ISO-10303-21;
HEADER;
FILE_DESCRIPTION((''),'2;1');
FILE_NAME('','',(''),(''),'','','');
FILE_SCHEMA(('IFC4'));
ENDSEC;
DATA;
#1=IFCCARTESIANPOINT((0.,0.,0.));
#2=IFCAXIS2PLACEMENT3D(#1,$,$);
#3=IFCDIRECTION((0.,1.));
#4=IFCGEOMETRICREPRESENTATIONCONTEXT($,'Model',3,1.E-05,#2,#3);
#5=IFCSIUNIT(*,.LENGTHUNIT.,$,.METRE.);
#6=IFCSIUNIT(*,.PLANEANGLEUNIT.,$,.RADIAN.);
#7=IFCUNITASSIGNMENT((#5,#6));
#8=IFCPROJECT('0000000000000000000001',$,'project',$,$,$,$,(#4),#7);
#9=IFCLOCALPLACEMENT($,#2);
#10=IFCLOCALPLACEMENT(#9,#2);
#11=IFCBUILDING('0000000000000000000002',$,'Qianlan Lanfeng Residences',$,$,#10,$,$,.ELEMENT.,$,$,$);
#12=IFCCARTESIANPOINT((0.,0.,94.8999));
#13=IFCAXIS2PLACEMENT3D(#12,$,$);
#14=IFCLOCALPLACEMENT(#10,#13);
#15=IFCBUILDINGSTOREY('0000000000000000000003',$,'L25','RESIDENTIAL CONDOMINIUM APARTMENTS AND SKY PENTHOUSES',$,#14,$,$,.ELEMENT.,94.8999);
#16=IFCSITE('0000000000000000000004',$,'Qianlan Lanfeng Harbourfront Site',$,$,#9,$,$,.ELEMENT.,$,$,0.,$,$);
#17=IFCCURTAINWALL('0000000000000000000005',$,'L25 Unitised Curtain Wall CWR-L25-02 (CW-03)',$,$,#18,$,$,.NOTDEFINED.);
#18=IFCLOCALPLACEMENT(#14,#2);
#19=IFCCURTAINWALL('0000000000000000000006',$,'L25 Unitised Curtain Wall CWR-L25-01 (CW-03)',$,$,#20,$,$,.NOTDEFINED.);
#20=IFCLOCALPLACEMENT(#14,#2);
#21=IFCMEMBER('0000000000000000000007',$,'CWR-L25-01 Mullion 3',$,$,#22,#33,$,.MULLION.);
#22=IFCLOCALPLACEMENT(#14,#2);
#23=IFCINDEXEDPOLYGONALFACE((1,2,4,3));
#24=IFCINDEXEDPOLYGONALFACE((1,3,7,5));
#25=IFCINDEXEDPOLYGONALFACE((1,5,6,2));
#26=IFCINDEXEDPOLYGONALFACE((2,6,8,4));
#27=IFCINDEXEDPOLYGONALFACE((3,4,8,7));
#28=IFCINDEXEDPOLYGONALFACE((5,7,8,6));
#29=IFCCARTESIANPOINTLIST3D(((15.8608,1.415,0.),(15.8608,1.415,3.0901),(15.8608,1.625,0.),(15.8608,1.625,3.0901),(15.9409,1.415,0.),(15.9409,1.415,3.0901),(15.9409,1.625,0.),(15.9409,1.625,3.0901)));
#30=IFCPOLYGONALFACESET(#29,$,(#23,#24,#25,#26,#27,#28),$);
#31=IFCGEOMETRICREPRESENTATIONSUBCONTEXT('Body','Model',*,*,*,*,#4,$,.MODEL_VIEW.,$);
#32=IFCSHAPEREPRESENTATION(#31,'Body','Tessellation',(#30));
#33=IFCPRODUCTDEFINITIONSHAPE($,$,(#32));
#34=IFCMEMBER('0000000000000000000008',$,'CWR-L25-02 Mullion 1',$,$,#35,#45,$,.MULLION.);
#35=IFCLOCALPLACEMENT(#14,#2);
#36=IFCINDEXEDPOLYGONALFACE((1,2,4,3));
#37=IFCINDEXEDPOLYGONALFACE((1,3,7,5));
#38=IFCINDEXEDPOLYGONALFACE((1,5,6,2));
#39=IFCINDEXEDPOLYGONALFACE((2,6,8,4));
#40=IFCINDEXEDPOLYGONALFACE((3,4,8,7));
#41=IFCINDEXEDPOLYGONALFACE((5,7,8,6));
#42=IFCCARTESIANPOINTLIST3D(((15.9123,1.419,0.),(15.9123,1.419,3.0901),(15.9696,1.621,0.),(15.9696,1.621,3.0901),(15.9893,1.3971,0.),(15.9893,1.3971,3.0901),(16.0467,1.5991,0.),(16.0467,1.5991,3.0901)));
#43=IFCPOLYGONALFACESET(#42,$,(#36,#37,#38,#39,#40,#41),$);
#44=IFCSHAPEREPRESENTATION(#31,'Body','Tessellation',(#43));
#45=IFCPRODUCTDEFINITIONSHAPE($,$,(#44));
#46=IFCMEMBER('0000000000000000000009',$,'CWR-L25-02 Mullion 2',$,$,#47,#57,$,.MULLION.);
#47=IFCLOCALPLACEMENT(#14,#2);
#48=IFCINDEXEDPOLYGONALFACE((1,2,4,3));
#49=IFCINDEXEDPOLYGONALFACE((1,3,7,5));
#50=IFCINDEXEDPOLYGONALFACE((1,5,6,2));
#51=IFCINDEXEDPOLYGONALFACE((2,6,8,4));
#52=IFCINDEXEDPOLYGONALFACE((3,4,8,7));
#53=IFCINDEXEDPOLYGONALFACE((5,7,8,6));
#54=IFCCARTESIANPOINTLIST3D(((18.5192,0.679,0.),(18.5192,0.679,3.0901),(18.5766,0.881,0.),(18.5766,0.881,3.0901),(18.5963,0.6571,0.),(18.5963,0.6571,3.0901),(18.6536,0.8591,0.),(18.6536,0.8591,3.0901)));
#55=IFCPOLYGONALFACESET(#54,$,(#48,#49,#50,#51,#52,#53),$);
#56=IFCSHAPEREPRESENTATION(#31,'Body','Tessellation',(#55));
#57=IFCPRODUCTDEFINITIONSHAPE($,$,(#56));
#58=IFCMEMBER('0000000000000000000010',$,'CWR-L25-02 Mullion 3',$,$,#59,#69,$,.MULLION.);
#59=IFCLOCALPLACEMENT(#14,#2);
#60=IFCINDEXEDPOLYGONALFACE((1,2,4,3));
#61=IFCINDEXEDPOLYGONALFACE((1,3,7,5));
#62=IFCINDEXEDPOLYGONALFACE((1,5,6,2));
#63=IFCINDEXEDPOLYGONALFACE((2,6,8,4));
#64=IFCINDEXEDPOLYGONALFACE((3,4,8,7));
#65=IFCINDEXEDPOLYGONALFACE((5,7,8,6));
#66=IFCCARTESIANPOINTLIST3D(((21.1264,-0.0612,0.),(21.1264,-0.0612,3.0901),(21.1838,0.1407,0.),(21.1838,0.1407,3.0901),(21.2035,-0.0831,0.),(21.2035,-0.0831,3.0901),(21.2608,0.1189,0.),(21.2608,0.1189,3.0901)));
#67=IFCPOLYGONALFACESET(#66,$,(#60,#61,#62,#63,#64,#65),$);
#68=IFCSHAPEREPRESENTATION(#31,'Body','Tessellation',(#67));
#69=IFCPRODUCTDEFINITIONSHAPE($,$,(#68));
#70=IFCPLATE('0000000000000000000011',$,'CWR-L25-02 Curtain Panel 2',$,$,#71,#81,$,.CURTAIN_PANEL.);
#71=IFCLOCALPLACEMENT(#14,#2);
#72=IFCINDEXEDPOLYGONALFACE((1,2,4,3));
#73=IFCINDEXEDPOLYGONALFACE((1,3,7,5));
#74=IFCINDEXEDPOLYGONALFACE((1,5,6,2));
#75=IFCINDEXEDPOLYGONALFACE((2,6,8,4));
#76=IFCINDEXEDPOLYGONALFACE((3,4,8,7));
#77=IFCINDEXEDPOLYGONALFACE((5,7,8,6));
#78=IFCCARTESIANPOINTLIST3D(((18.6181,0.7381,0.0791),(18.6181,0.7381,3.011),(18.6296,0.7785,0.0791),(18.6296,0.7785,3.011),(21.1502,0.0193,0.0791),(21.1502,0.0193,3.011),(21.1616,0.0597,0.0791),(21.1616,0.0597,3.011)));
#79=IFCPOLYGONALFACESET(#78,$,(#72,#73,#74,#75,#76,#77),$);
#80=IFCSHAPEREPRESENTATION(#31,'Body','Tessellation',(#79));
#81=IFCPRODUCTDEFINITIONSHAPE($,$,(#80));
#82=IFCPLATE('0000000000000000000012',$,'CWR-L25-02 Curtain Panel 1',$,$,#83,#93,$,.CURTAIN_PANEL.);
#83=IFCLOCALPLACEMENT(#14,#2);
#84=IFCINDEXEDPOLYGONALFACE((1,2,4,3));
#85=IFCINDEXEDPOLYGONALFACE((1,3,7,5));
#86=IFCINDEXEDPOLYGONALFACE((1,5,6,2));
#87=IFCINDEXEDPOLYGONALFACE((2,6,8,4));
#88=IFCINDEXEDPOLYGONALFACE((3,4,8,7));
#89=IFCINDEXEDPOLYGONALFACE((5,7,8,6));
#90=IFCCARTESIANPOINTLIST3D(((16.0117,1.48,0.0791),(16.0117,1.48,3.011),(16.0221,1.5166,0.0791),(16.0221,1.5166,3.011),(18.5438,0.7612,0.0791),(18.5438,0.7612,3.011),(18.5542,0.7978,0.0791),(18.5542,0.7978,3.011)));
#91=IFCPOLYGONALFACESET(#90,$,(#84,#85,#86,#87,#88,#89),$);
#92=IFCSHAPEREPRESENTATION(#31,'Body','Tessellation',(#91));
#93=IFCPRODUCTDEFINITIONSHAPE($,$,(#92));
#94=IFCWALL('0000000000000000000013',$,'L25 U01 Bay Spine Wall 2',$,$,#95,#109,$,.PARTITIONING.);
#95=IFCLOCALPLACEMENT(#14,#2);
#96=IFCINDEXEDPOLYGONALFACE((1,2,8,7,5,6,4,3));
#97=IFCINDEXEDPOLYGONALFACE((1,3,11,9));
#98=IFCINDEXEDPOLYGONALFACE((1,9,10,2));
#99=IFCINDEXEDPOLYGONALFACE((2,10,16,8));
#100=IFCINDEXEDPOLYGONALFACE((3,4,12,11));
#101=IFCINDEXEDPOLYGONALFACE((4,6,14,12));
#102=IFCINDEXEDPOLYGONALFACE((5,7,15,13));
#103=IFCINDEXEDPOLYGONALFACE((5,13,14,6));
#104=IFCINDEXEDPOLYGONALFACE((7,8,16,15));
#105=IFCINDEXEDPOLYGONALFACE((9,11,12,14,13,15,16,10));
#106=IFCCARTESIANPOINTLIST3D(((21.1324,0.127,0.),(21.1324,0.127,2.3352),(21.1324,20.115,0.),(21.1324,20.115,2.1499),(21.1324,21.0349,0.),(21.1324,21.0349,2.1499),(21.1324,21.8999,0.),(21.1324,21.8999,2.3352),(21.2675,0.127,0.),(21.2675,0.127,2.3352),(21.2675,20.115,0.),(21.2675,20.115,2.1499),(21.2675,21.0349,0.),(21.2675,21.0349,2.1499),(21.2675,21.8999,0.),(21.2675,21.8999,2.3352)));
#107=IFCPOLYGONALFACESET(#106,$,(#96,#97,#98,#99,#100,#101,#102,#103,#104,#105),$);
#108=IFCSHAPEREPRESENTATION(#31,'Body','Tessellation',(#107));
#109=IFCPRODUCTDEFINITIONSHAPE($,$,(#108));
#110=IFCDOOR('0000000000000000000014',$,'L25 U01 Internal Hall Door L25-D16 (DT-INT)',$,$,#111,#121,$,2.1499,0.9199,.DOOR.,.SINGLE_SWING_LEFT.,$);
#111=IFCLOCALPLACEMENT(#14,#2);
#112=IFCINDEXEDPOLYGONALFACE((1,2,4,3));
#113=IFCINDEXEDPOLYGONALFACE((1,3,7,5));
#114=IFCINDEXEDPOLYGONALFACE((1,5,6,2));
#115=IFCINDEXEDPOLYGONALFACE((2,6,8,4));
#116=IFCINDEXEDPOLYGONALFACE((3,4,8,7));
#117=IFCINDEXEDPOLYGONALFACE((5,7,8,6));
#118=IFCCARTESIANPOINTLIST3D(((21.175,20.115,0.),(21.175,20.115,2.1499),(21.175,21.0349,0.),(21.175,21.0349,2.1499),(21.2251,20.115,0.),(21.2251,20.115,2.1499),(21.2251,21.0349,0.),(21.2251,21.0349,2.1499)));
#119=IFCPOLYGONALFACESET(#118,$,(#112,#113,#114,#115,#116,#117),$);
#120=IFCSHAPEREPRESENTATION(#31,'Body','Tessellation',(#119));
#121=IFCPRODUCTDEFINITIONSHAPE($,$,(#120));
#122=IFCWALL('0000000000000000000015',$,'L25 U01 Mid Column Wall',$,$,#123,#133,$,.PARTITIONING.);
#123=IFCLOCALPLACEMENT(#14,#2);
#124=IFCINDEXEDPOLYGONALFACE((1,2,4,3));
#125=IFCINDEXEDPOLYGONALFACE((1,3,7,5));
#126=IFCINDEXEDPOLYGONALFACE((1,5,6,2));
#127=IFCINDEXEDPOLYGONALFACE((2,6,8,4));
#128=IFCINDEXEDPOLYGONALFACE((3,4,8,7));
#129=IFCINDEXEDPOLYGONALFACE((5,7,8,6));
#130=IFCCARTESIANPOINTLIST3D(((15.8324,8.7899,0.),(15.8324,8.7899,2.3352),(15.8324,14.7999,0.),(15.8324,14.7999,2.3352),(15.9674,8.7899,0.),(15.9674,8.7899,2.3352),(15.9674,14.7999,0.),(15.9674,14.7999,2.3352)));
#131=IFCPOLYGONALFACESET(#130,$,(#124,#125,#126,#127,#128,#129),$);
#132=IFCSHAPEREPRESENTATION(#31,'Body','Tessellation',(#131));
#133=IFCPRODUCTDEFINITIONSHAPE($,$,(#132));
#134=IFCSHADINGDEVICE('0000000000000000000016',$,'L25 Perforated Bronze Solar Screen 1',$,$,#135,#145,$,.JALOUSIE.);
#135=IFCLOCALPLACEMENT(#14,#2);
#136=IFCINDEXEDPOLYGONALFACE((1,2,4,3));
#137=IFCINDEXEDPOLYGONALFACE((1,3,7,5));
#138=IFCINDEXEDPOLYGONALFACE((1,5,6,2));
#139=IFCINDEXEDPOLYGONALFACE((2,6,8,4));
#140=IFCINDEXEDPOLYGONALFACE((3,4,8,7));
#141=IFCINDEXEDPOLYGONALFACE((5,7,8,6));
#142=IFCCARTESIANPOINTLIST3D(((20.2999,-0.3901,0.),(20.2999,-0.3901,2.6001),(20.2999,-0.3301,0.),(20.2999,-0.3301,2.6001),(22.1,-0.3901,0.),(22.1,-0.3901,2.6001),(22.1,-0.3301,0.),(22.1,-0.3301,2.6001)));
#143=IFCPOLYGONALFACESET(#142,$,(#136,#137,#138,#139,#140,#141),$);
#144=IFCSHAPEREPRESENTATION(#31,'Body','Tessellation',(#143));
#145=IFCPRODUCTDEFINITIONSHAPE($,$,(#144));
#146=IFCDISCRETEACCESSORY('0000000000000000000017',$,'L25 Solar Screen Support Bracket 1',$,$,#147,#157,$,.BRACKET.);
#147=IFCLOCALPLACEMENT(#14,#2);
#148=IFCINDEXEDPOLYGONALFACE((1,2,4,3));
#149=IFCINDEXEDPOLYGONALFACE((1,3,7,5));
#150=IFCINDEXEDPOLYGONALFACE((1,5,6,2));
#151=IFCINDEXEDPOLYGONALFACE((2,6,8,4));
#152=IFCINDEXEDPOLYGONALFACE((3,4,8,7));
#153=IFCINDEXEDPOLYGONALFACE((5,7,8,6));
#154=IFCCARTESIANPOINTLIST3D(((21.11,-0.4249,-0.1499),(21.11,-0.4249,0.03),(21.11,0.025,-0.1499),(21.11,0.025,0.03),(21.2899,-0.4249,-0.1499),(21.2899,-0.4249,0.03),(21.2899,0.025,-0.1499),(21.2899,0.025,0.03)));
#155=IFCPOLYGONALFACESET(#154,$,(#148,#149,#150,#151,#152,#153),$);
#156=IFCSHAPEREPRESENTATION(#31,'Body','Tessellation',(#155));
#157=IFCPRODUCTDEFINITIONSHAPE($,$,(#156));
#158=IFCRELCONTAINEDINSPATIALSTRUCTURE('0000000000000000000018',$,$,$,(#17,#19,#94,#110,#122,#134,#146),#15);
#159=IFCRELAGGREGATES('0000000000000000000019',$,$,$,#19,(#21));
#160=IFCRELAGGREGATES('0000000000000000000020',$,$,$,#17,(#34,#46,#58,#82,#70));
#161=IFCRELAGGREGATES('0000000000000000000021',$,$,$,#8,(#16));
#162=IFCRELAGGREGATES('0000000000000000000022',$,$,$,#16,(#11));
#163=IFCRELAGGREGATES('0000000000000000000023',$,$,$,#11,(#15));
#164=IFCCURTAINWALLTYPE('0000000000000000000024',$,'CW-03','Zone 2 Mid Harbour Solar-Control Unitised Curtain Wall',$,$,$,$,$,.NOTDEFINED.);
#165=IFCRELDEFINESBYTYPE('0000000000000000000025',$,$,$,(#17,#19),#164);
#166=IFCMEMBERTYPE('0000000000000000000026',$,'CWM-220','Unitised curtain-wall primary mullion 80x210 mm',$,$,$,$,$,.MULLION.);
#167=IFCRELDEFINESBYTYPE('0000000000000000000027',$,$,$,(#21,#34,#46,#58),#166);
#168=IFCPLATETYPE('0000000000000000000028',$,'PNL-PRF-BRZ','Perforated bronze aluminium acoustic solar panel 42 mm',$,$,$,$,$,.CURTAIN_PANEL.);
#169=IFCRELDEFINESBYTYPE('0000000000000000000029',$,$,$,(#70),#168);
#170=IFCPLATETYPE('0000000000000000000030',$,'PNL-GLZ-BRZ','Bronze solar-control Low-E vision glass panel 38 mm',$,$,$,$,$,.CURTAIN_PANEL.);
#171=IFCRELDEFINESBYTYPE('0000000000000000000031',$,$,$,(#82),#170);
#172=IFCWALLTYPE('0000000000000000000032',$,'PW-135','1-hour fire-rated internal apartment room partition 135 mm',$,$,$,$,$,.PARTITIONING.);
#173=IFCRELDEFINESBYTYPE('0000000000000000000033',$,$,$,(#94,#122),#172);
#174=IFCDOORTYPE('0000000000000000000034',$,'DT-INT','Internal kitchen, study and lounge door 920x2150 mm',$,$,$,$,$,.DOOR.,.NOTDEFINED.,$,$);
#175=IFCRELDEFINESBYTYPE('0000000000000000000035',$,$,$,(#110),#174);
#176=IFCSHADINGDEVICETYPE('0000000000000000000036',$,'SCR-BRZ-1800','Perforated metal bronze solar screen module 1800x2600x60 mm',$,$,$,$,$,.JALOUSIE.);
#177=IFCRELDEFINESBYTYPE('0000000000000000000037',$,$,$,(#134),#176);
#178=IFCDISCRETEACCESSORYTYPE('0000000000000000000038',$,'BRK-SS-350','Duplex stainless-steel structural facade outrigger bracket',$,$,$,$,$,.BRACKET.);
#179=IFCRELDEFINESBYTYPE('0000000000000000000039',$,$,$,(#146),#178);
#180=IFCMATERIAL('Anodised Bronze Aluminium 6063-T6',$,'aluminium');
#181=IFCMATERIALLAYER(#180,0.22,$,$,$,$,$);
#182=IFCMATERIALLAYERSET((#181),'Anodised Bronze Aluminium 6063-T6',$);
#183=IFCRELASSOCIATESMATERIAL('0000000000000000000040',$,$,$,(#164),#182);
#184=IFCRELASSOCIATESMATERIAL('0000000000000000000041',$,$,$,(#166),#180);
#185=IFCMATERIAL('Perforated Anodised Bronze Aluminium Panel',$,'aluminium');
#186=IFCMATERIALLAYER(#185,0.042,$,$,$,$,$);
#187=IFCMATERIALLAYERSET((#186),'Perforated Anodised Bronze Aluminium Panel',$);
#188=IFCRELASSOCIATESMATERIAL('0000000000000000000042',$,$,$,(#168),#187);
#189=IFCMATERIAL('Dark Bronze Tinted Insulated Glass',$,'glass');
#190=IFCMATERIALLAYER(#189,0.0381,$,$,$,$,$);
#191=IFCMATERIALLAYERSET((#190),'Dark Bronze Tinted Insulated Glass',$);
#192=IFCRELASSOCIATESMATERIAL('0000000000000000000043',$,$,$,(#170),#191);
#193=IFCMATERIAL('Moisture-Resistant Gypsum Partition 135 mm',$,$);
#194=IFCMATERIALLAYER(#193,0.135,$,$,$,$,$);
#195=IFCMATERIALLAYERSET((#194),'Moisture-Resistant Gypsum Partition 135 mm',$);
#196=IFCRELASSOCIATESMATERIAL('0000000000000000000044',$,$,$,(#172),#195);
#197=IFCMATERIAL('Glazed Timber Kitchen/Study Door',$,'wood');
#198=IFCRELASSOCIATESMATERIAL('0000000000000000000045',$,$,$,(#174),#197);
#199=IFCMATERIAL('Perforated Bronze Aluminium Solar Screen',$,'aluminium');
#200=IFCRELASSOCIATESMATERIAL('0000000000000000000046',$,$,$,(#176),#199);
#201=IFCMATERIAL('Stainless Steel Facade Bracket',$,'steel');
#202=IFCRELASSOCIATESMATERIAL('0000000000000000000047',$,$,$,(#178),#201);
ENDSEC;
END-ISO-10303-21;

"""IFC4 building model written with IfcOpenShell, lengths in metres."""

from ifc_helpers import new_model, si_unit, direction, frame, frame_2d, origin, origin_2d, place, context, subcontext, project, spatial, rectangle, extrude, source, transform, mapped, material, layer, layer_set, material_profile, profile_set, type_object, element, fill, aggregate, save


model = new_model("IFC4")

# Units and contexts
model_context = context("Model", 3, precision=1e-05, world=origin(), true_north=direction((0.0, 1.0)))
body_context = subcontext(model_context, "Body", "Model", "MODEL_VIEW")
ifc_project = project(units=[si_unit("LENGTHUNIT", "METRE"), si_unit("PLANEANGLEUNIT", "RADIAN")], contexts=[model_context])

# Site, building, storey
site_placement = place(None, origin())
site = spatial("IfcSite", under=ifc_project, at=site_placement, Name="Qianlan Lanfeng Harbourfront Site", CompositionType="ELEMENT", RefElevation=0.0)
building_placement = place(site_placement, origin())
building = spatial("IfcBuilding", under=site, at=building_placement, Name="Qianlan Lanfeng Residences", CompositionType="ELEMENT")
storey_placement = place(building_placement, frame((0.0, 0.0, 94.8999)))
storey = spatial("IfcBuildingStorey", under=building, at=storey_placement, Name="L25", Description="RESIDENTIAL CONDOMINIUM APARTMENTS AND SKY PENTHOUSES", CompositionType="ELEMENT", Elevation=94.8999)

# Curtain wall
ifc_material_1 = material(Name="Anodised Bronze Aluminium 6063-T6", Category="aluminium")
ifc_layer_1 = layer(ifc_material_1, 0.22)
ifc_layer_set_1 = layer_set([ifc_layer_1], Name="Anodised Bronze Aluminium 6063-T6")
curtain_wall_type = type_object("IfcCurtainWallType", Name="CW-03", Description="Zone 2 Mid Harbour Solar-Control Unitised Curtain Wall", PredefinedType="NOTDEFINED", material=ifc_layer_set_1)
curtain_wall_1_placement = place(storey_placement, origin())
curtain_wall_1 = element("IfcCurtainWall", 1, at=curtain_wall_1_placement, inside=storey, type_object=curtain_wall_type, Name="L25 Unitised Curtain Wall CWR-L25-02 (CW-03)", PredefinedType="NOTDEFINED")

# Curtain wall, member
curtain_wall_2_placement = place(storey_placement, origin())
curtain_wall_2 = element("IfcCurtainWall", 2, at=curtain_wall_2_placement, inside=storey, type_object=curtain_wall_type, Name="L25 Unitised Curtain Wall CWR-L25-01 (CW-03)", PredefinedType="NOTDEFINED")
ifc_material_profile_1 = material_profile(ifc_material_1, rectangle(XDim=0.0801, YDim=0.21, at=origin_2d()), Name="ALU MULLION 80x210")
ifc_profile_set_1 = profile_set([ifc_material_profile_1], Name="Anodised Bronze Aluminium 6063-T6")
member_type_1 = type_object("IfcMemberType", Name="CWM-220", Description="Unitised curtain-wall primary mullion 80x210 mm", PredefinedType="MULLION", material=ifc_profile_set_1)
shared_shape_1 = source(origin(), body_context, "Body", "SweptSolid", [
    extrude(rectangle(XDim=0.0801, YDim=0.21, at=origin_2d()), origin(), (0.0, 0.0, 1.0), 3.0901),
])
member_1_placement = place(storey_placement, frame((15.9009, 1.52, 0.0), z_axis=(0.0, 0.0, 1.0), x_axis=(1.0, 0.0, 0.0)))
member_1 = element("IfcMember", 3, at=member_1_placement, type_object=member_type_1, Name="CWR-L25-01 Mullion 3", PredefinedType="MULLION", context=body_context, shape_type="MappedRepresentation", body=[
    mapped(shared_shape_1, transform((0.0, 0.0, 0.0), scale=1.0)),
])
aggregate(curtain_wall_2, [member_1])

# Members
member_2_placement = place(storey_placement, frame((15.9795, 1.509, 0.0), z_axis=(0.0, 0.0, 1.0), x_axis=(0.961989, -0.273088, 0.0)))
member_2 = element("IfcMember", 4, at=member_2_placement, type_object=member_type_1, Name="CWR-L25-02 Mullion 1", PredefinedType="MULLION", context=body_context, shape_type="MappedRepresentation", body=[
    mapped(shared_shape_1, transform((0.0, 0.0, 0.0), scale=1.0)),
])
member_3_placement = place(storey_placement, frame((18.5864, 0.769, 0.0), z_axis=(0.0, 0.0, 1.0), x_axis=(0.961989, -0.273088, 0.0)))
member_3 = element("IfcMember", 5, at=member_3_placement, type_object=member_type_1, Name="CWR-L25-02 Mullion 2", PredefinedType="MULLION", context=body_context, shape_type="MappedRepresentation", body=[
    mapped(shared_shape_1, transform((0.0, 0.0, 0.0), scale=1.0)),
])
member_4_placement = place(storey_placement, frame((21.1936, 0.0288, 0.0), z_axis=(0.0, 0.0, 1.0), x_axis=(0.961989, -0.273088, 0.0)))
member_4 = element("IfcMember", 6, at=member_4_placement, type_object=member_type_1, Name="CWR-L25-02 Mullion 3", PredefinedType="MULLION", context=body_context, shape_type="MappedRepresentation", body=[
    mapped(shared_shape_1, transform((0.0, 0.0, 0.0), scale=1.0)),
])

# Plates
ifc_material_2 = material(Name="Perforated Anodised Bronze Aluminium Panel", Category="aluminium")
ifc_layer_2 = layer(ifc_material_2, 0.042)
ifc_layer_set_2 = layer_set([ifc_layer_2], Name="Perforated Anodised Bronze Aluminium Panel")
plate_type_1 = type_object("IfcPlateType", Name="PNL-PRF-BRZ", Description="Perforated bronze aluminium acoustic solar panel 42 mm", PredefinedType="CURTAIN_PANEL", material=ifc_layer_set_2)
shared_shape_2 = source(origin(), body_context, "Body", "SweptSolid", [
    extrude(rectangle(XDim=2.6321, YDim=0.042, at=origin_2d()), origin(), (0.0, 0.0, 1.0), 2.9319),
])
plate_1_placement = place(storey_placement, frame((19.8899, 0.3989, 0.0791), z_axis=(0.0, 0.0, 1.0), x_axis=(0.961989, -0.273088, 0.0)))
plate_1 = element("IfcPlate", 7, at=plate_1_placement, type_object=plate_type_1, Name="CWR-L25-02 Curtain Panel 2", PredefinedType="CURTAIN_PANEL", context=body_context, shape_type="MappedRepresentation", body=[
    mapped(shared_shape_2, transform((0.0, 0.0, 0.0), scale=1.0)),
])
ifc_material_3 = material(Name="Dark Bronze Tinted Insulated Glass", Category="glass")
ifc_layer_3 = layer(ifc_material_3, 0.0381)
ifc_layer_set_3 = layer_set([ifc_layer_3], Name="Dark Bronze Tinted Insulated Glass")
plate_type_2 = type_object("IfcPlateType", Name="PNL-GLZ-BRZ", Description="Bronze solar-control Low-E vision glass panel 38 mm", PredefinedType="CURTAIN_PANEL", material=ifc_layer_set_3)
shared_shape_3 = source(origin(), body_context, "Body", "SweptSolid", [
    extrude(rectangle(XDim=2.6321, YDim=0.0381, at=origin_2d()), origin(), (0.0, 0.0, 1.0), 2.9319),
])
plate_2_placement = place(storey_placement, frame((17.283, 1.1389, 0.0791), z_axis=(0.0, 0.0, 1.0), x_axis=(0.961989, -0.273088, 0.0)))
plate_2 = element("IfcPlate", 8, at=plate_2_placement, type_object=plate_type_2, Name="CWR-L25-02 Curtain Panel 1", PredefinedType="CURTAIN_PANEL", context=body_context, shape_type="MappedRepresentation", body=[
    mapped(shared_shape_3, transform((0.0, 0.0, 0.0), scale=1.0)),
])
aggregate(curtain_wall_1, [member_2, member_3, member_4, plate_2, plate_1])

# Wall, opening, door
ifc_material_4 = material(Name="Moisture-Resistant Gypsum Partition 135 mm")
ifc_layer_4 = layer(ifc_material_4, 0.135)
ifc_layer_set_4 = layer_set([ifc_layer_4], Name="Moisture-Resistant Gypsum Partition 135 mm")
wall_type = type_object("IfcWallType", Name="PW-135", Description="1-hour fire-rated internal apartment room partition 135 mm", PredefinedType="PARTITIONING", material=ifc_layer_set_4)
wall_1_placement = place(storey_placement, frame((21.2, 0.127, 0.0), z_axis=(0.0, 0.0, 1.0), x_axis=(0.0, 1.0, 0.0)))
wall_1 = element("IfcWall", 9, at=wall_1_placement, inside=storey, type_object=wall_type, Name="L25 U01 Bay Spine Wall 2", PredefinedType="PARTITIONING", context=body_context, shape_type="SweptSolid", body=[
    extrude(rectangle(XDim=21.7729, YDim=0.135, at=frame_2d((10.8865, 0.0))), origin(), (0.0, 0.0, 1.0), 2.3352),
])
opening_1_placement = place(wall_1_placement, frame((19.988, 0.0, 0.0)))
opening_1 = element("IfcOpeningElement", 10, at=opening_1_placement, cuts=wall_1, PredefinedType="OPENING", context=body_context, shape_type="SweptSolid", body=[
    extrude(rectangle(XDim=0.9199, YDim=2.1499, at=frame_2d((0.46, 1.075))), frame((0.0, 0.0776, 0.0), z_axis=(0.0, -1.0, 0.0), x_axis=(1.0, 0.0, 0.0)), (0.0, 0.0, 1.0), 0.155),
])
ifc_material_5 = material(Name="Glazed Timber Kitchen/Study Door", Category="wood")
door_type_1 = type_object("IfcDoorType", Name="DT-INT", Description="Internal kitchen, study and lounge door 920x2150 mm", OperationType="NOTDEFINED", PredefinedType="DOOR", material=ifc_material_5)
door_1_placement = place(opening_1_placement, origin())
door_1 = element("IfcDoor", 11, at=door_1_placement, inside=storey, type_object=door_type_1, Name="L25 U01 Internal Hall Door L25-D16 (DT-INT)", OperationType="SINGLE_SWING_LEFT", OverallHeight=2.1499, OverallWidth=0.9199, PredefinedType="DOOR", context=body_context, shape_type="SweptSolid", body=[
    extrude(rectangle(XDim=0.9199, YDim=2.1499, at=frame_2d((0.46, 1.075))), frame((0.0, 0.0249, 0.0), z_axis=(0.0, -1.0, 0.0), x_axis=(1.0, 0.0, 0.0)), (0.0, 0.0, 1.0), 0.05),
])
fill(opening_1, door_1)

# Wall
wall_2_placement = place(storey_placement, frame((15.8999, 8.79, 0.0), z_axis=(0.0, 0.0, 1.0), x_axis=(0.0, 1.0, 0.0)))
element("IfcWall", 12, at=wall_2_placement, inside=storey, type_object=wall_type, Name="L25 U01 Mid Column Wall", PredefinedType="PARTITIONING", context=body_context, shape_type="SweptSolid", body=[
    extrude(rectangle(XDim=6.01, YDim=0.135, at=frame_2d((3.0049, 0.0))), origin(), (0.0, 0.0, 1.0), 2.3352),
])

# Shading device
ifc_material_6 = material(Name="Perforated Bronze Aluminium Solar Screen", Category="aluminium")
shading_device_type = type_object("IfcShadingDeviceType", Name="SCR-BRZ-1800", Description="Perforated metal bronze solar screen module 1800x2600x60 mm", PredefinedType="JALOUSIE", material=ifc_material_6)
shared_shape_4 = source(origin(), body_context, "Body", "SweptSolid", [
    extrude(rectangle(XDim=1.8, YDim=0.0601, at=origin_2d()), origin(), (0.0, 0.0, 1.0), 2.6001),
])
shading_device_placement = place(storey_placement, frame((21.2, -0.3601, 0.0), z_axis=(0.0, 0.0, 1.0), x_axis=(1.0, 0.0, 0.0)))
element("IfcShadingDevice", 13, at=shading_device_placement, inside=storey, type_object=shading_device_type, Name="L25 Perforated Bronze Solar Screen 1", PredefinedType="JALOUSIE", context=body_context, shape_type="MappedRepresentation", body=[
    mapped(shared_shape_4, transform((0.0, 0.0, 0.0), scale=1.0)),
])

# Discrete accessory
ifc_material_7 = material(Name="Stainless Steel Facade Bracket", Category="steel")
discrete_accessory_type = type_object("IfcDiscreteAccessoryType", Name="BRK-SS-350", Description="Duplex stainless-steel structural facade outrigger bracket", PredefinedType="BRACKET", material=ifc_material_7)
shared_shape_5 = source(origin(), body_context, "Body", "SweptSolid", [
    extrude(rectangle(XDim=0.1799, YDim=0.45, at=origin_2d()), origin(), (0.0, 0.0, 1.0), 0.1799),
])
discrete_accessory_placement = place(storey_placement, frame((21.2, -0.2, -0.1499), z_axis=(0.0, 0.0, 1.0), x_axis=(1.0, 0.0, 0.0)))
element("IfcDiscreteAccessory", 14, at=discrete_accessory_placement, inside=storey, type_object=discrete_accessory_type, Name="L25 Solar Screen Support Bracket 1", PredefinedType="BRACKET", context=body_context, shape_type="MappedRepresentation", body=[
    mapped(shared_shape_5, transform((0.0, 0.0, 0.0), scale=1.0)),
])

save(model, "model.ifc")
